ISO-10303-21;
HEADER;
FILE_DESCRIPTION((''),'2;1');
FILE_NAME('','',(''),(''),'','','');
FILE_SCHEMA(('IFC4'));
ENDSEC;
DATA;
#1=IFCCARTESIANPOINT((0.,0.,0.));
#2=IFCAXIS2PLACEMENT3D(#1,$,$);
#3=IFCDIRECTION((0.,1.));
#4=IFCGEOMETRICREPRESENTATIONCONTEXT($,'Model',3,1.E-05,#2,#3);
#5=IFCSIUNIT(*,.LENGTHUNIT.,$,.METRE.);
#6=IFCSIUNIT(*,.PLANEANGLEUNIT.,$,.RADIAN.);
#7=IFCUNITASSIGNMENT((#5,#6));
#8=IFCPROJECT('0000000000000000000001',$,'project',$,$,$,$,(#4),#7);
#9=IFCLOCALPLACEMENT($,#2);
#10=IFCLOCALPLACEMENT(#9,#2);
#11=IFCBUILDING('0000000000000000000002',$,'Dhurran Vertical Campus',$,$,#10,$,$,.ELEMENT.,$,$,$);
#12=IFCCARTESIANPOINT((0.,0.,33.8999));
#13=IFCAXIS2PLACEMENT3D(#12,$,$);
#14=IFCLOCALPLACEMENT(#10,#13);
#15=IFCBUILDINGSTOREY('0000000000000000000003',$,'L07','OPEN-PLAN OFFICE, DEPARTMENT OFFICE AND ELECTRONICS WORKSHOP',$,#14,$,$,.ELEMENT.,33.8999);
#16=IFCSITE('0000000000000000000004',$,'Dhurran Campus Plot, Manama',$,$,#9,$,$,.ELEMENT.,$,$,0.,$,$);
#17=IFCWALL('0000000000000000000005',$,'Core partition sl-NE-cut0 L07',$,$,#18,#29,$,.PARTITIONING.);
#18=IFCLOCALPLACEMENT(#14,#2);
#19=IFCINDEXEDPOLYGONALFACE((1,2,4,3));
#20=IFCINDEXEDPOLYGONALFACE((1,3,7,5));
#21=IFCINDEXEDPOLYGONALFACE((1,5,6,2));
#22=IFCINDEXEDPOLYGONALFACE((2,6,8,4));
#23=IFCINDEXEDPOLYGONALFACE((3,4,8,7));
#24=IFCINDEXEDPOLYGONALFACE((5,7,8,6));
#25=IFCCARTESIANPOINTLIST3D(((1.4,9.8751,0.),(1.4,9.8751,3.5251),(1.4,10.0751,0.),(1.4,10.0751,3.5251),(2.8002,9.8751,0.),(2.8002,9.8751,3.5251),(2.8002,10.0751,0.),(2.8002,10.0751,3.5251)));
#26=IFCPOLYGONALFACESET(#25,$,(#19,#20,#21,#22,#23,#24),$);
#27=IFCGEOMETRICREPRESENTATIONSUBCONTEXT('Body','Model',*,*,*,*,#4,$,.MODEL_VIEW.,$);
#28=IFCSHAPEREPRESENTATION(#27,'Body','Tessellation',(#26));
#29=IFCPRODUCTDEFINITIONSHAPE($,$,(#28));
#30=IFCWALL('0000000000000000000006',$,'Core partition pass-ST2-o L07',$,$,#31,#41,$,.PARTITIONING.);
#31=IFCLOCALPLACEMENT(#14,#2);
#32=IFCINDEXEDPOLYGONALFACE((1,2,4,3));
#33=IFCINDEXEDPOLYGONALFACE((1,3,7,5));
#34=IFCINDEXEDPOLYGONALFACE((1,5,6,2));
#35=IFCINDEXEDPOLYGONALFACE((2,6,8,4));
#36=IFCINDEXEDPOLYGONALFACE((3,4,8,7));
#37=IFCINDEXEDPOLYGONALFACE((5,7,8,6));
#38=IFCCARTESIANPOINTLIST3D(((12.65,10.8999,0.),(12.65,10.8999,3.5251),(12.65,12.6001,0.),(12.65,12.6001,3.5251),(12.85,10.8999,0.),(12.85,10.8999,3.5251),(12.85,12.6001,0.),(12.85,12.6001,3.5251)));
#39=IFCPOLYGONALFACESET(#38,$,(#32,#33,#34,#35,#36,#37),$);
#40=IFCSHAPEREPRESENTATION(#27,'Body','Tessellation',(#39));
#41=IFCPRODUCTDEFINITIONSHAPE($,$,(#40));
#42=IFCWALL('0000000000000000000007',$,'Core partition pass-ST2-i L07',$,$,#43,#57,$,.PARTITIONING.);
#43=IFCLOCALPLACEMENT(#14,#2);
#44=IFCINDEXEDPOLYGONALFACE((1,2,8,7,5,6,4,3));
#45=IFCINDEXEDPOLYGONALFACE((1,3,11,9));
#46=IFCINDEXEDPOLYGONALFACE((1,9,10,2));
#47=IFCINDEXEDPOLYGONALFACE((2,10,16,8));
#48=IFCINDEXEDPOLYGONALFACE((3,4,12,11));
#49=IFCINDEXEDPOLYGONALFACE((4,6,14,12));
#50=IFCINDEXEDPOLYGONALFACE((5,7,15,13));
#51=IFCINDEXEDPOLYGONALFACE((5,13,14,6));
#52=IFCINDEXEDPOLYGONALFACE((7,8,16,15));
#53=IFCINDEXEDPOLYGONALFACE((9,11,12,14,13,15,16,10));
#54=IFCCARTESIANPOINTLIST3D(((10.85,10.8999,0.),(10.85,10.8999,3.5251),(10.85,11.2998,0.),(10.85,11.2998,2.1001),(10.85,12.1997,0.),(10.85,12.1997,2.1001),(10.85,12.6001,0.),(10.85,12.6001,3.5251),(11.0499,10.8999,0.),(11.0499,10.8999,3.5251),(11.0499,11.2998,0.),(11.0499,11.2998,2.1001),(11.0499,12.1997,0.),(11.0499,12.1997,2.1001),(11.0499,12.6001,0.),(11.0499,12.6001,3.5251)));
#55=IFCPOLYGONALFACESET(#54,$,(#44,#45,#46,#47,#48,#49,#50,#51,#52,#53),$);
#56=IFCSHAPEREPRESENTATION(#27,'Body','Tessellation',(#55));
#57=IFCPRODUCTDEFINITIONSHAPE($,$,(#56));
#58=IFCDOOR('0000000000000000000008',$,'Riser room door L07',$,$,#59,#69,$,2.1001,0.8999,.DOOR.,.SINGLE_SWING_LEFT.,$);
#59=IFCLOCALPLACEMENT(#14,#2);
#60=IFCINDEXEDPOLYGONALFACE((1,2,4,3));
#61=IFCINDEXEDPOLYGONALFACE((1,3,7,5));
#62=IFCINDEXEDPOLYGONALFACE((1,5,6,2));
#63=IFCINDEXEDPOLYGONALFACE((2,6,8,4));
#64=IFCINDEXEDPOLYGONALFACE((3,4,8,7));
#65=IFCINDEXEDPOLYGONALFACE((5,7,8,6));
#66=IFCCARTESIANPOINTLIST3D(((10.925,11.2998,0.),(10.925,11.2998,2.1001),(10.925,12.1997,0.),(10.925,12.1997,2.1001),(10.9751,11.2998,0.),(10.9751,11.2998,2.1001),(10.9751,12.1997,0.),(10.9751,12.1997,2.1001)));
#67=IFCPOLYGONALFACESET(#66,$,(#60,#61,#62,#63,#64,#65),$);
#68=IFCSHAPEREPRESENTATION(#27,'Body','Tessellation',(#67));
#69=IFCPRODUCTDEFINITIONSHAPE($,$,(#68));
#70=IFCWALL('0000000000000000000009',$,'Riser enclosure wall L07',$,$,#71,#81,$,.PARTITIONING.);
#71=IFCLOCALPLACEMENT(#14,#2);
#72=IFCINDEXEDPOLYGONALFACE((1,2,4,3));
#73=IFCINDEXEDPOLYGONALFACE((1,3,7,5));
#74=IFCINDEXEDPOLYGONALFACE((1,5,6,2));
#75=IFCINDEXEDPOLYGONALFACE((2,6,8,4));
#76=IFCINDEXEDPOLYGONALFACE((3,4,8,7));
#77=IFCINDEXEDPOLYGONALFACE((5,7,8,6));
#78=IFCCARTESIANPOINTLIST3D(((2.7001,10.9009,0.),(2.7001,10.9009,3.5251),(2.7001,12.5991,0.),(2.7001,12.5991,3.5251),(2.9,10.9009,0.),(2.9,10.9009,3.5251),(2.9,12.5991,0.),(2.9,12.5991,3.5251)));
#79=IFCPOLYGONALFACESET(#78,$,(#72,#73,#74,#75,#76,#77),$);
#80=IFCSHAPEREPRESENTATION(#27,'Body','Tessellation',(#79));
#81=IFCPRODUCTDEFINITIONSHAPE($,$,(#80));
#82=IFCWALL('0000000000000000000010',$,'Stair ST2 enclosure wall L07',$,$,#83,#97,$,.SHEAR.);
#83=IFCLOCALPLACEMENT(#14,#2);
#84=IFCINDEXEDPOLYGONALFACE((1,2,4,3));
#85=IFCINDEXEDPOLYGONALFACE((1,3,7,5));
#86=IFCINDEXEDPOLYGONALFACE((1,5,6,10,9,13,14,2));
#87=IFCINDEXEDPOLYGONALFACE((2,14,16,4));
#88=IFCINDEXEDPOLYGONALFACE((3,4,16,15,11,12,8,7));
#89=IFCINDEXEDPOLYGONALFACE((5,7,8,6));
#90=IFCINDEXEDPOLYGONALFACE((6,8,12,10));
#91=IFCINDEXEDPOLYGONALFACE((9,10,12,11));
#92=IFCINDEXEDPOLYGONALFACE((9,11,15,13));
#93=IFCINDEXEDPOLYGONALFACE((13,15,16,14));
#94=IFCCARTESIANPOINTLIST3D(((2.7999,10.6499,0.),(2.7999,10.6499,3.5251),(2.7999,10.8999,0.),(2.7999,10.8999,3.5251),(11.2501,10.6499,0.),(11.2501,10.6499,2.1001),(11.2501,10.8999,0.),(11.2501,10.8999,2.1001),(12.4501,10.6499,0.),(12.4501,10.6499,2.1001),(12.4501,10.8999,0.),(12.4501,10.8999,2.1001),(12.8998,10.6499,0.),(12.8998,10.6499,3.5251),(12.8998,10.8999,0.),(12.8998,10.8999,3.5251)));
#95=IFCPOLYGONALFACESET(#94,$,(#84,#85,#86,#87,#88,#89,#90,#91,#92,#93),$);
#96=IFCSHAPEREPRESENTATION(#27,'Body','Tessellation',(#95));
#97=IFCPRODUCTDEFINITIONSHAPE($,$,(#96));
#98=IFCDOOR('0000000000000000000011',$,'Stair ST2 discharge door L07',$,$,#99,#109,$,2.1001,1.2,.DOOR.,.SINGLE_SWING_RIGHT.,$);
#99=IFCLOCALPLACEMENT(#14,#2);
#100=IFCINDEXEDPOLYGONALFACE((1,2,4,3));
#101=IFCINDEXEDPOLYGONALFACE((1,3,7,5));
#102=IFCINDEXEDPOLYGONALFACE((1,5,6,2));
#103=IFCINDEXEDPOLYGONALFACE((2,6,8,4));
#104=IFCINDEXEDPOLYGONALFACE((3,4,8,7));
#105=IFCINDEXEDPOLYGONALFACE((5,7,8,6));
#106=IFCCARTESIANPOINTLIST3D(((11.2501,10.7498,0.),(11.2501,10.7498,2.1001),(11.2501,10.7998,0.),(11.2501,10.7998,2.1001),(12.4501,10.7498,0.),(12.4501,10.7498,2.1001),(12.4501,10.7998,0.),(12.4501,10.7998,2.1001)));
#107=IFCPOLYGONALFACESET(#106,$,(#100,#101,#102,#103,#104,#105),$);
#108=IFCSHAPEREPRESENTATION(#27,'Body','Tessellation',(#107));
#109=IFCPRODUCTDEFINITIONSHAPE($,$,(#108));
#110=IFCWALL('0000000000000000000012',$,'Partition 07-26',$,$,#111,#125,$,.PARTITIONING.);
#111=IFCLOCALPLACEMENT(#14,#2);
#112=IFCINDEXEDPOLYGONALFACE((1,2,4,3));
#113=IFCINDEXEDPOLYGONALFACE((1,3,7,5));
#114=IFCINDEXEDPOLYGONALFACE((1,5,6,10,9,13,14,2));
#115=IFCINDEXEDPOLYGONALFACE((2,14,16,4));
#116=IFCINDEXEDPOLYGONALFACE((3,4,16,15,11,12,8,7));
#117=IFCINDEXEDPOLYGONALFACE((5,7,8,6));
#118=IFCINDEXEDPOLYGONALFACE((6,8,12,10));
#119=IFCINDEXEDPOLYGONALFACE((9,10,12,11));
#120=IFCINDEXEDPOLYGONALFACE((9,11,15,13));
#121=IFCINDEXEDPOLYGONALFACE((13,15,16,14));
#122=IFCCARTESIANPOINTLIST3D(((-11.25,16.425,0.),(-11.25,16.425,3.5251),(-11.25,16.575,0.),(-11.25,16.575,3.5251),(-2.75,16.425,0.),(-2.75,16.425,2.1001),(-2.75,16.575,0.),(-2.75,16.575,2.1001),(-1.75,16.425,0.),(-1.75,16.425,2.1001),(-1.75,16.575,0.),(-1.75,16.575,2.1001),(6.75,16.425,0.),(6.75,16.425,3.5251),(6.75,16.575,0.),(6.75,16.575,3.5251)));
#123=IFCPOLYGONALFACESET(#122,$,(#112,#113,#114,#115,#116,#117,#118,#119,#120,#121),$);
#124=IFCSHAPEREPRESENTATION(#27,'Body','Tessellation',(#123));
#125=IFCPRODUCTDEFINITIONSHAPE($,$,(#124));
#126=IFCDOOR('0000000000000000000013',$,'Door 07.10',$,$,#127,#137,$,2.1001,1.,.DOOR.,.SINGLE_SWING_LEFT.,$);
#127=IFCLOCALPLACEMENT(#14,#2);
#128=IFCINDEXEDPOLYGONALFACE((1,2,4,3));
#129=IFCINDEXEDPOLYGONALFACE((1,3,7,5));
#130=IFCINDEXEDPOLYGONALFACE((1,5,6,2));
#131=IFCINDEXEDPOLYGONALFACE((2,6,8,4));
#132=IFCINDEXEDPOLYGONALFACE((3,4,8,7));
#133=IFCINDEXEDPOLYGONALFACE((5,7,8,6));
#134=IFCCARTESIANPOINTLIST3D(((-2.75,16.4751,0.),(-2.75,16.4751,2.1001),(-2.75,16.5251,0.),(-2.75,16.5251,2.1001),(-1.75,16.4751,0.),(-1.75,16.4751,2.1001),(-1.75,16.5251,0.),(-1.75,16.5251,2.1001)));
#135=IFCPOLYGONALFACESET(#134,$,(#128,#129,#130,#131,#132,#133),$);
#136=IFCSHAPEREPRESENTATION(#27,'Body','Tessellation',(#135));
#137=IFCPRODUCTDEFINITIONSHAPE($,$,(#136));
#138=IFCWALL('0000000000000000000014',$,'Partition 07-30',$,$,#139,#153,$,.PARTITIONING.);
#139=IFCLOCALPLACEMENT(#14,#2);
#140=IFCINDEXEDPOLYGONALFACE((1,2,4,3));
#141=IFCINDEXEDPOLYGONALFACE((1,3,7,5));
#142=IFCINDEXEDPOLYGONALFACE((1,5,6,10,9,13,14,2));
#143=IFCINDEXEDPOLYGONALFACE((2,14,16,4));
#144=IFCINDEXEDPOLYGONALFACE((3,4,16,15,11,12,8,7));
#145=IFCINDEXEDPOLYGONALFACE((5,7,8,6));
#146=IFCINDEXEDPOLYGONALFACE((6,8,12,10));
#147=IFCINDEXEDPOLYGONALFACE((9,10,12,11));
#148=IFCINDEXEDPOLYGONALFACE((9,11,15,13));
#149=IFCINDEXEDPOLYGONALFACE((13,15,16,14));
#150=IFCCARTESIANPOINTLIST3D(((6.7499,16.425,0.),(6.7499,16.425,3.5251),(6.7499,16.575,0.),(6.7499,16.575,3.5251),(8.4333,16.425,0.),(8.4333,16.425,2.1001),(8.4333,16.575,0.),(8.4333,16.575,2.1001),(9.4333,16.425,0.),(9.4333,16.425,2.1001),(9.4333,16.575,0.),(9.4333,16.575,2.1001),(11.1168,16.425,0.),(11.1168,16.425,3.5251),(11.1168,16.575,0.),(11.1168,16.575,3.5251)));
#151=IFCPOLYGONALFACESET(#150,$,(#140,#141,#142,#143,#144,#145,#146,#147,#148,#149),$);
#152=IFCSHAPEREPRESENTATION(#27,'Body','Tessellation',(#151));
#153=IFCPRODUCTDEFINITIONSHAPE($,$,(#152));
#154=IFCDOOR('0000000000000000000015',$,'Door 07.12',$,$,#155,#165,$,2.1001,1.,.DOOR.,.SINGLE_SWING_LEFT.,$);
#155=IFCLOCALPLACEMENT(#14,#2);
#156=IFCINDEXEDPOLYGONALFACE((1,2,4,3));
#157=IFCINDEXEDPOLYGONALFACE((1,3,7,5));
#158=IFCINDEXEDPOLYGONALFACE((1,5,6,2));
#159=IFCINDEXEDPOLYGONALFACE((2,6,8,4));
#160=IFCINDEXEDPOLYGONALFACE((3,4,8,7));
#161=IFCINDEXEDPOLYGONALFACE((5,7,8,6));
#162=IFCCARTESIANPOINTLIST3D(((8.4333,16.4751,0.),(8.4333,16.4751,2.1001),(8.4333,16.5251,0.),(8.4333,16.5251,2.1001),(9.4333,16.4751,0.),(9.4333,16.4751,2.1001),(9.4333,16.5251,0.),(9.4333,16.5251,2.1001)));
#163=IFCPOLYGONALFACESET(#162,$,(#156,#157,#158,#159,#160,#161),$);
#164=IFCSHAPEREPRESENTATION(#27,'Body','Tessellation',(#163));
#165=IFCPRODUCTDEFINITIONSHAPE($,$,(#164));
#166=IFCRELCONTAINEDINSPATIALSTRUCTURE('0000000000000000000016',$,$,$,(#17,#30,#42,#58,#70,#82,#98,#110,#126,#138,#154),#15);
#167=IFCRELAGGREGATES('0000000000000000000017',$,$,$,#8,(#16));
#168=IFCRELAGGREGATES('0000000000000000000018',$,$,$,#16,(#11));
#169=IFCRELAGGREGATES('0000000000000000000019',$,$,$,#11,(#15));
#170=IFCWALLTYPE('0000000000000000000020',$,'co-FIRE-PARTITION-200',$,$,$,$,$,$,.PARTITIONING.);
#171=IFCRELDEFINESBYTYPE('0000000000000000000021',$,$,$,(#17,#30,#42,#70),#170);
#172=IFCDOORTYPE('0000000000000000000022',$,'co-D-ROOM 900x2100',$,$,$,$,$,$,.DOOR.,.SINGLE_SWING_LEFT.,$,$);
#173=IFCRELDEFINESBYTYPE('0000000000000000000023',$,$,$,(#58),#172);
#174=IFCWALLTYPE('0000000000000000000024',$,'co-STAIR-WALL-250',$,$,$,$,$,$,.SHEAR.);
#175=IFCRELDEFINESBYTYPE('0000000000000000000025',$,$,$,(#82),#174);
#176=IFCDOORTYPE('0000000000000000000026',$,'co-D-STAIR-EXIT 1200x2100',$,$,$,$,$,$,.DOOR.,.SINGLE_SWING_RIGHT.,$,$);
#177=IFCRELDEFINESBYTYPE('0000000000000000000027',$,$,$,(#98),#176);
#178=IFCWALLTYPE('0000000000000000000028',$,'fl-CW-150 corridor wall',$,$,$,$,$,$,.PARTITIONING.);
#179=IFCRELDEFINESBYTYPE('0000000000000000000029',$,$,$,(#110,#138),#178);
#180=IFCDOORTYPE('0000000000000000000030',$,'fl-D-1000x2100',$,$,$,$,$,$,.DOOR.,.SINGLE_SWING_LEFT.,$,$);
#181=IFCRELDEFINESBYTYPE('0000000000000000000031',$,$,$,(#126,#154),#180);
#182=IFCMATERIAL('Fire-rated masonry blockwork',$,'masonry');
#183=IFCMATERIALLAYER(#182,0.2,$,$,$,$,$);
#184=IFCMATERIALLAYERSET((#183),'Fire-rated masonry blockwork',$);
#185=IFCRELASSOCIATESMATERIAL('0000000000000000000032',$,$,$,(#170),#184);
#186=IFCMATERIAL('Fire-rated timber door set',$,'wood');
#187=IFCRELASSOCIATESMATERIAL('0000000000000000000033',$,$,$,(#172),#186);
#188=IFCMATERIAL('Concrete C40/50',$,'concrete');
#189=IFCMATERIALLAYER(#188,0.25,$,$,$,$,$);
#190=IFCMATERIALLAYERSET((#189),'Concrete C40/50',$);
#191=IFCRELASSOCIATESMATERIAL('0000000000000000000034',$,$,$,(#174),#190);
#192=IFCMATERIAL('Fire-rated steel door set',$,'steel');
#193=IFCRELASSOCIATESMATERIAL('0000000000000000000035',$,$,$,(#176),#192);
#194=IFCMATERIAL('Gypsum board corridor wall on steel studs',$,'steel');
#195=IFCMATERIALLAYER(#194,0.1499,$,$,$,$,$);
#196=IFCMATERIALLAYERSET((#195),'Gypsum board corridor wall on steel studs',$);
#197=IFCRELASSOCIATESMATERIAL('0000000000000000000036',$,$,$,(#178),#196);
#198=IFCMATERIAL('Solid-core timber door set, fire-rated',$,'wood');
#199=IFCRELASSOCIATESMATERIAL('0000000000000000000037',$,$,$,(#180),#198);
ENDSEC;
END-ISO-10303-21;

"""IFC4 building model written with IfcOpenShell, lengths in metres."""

from ifc_helpers import new_model, si_unit, direction, frame, frame_2d, origin, place, context, subcontext, project, spatial, rectangle, extrude, material, layer, layer_set, type_object, element, fill, save


model = new_model("IFC4")

# Units and contexts
model_context = context("Model", 3, precision=1e-05, world=origin(), true_north=direction((0.0, 1.0)))
body_context = subcontext(model_context, "Body", "Model", "MODEL_VIEW")
ifc_project = project(units=[si_unit("LENGTHUNIT", "METRE"), si_unit("PLANEANGLEUNIT", "RADIAN")], contexts=[model_context])

# Site, building, storey
site_placement = place(None, origin())
site = spatial("IfcSite", under=ifc_project, at=site_placement, Name="Dhurran Campus Plot, Manama", CompositionType="ELEMENT", RefElevation=0.0)
building_placement = place(site_placement, origin())
building = spatial("IfcBuilding", under=site, at=building_placement, Name="Dhurran Vertical Campus", CompositionType="ELEMENT")
storey_placement = place(building_placement, frame((0.0, 0.0, 33.8999)))
storey = spatial("IfcBuildingStorey", under=building, at=storey_placement, Name="L07", Description="OPEN-PLAN OFFICE, DEPARTMENT OFFICE AND ELECTRONICS WORKSHOP", CompositionType="ELEMENT", Elevation=33.8999)

# Walls
ifc_material_1 = material(Name="Fire-rated masonry blockwork", Category="masonry")
ifc_layer_1 = layer(ifc_material_1, 0.2)
ifc_layer_set_1 = layer_set([ifc_layer_1], Name="Fire-rated masonry blockwork")
wall_type_1 = type_object("IfcWallType", Name="co-FIRE-PARTITION-200", PredefinedType="PARTITIONING", material=ifc_layer_set_1)
wall_1_placement = place(storey_placement, frame((1.3999, 9.9751, 0.0), z_axis=(0.0, 0.0, 1.0), x_axis=(1.0, 0.0, 0.0)))
element("IfcWall", 1, at=wall_1_placement, inside=storey, type_object=wall_type_1, Name="Core partition sl-NE-cut0 L07", PredefinedType="PARTITIONING", context=body_context, shape_type="SweptSolid", body=[
    extrude(rectangle(XDim=1.4001, YDim=0.2, at=frame_2d((0.7002, 0.0))), origin(), (0.0, 0.0, 1.0), 3.5251),
])
wall_2_placement = place(storey_placement, frame((12.75, 10.8999, 0.0), z_axis=(0.0, 0.0, 1.0), x_axis=(0.0, 1.0, 0.0)))
element("IfcWall", 2, at=wall_2_placement, inside=storey, type_object=wall_type_1, Name="Core partition pass-ST2-o L07", PredefinedType="PARTITIONING", context=body_context, shape_type="SweptSolid", body=[
    extrude(rectangle(XDim=1.7002, YDim=0.2, at=frame_2d((0.8501, 0.0))), origin(), (0.0, 0.0, 1.0), 3.5251),
])

# Wall, opening, door
wall_3_placement = place(storey_placement, frame((10.95, 10.8999, 0.0), z_axis=(0.0, 0.0, 1.0), x_axis=(0.0, 1.0, 0.0)))
wall_3 = element("IfcWall", 3, at=wall_3_placement, inside=storey, type_object=wall_type_1, Name="Core partition pass-ST2-i L07", PredefinedType="PARTITIONING", context=body_context, shape_type="SweptSolid", body=[
    extrude(rectangle(XDim=1.7002, YDim=0.2, at=frame_2d((0.8501, 0.0))), origin(), (0.0, 0.0, 1.0), 3.5251),
])
opening_1_placement = place(wall_3_placement, frame((0.3999, 0.0, 0.0)))
opening_1 = element("IfcOpeningElement", 4, at=opening_1_placement, cuts=wall_3, PredefinedType="OPENING", context=body_context, shape_type="SweptSolid", body=[
    extrude(rectangle(XDim=0.8999, YDim=2.1001, at=frame_2d((0.45, 1.05))), frame((0.0, 0.1099, 0.0), z_axis=(0.0, -1.0, 0.0), x_axis=(1.0, 0.0, 0.0)), (0.0, 0.0, 1.0), 0.22),
])
ifc_material_2 = material(Name="Fire-rated timber door set", Category="wood")
door_type_1 = type_object("IfcDoorType", Name="co-D-ROOM 900x2100", OperationType="SINGLE_SWING_LEFT", PredefinedType="DOOR", material=ifc_material_2)
door_1_placement = place(opening_1_placement, origin())
door_1 = element("IfcDoor", 5, at=door_1_placement, inside=storey, type_object=door_type_1, Name="Riser room door L07", OperationType="SINGLE_SWING_LEFT", OverallHeight=2.1001, OverallWidth=0.8999, PredefinedType="DOOR", context=body_context, shape_type="SweptSolid", body=[
    extrude(rectangle(XDim=0.8999, YDim=2.1001, at=frame_2d((0.45, 1.05))), frame((0.0, 0.0249, 0.0), z_axis=(0.0, -1.0, 0.0), x_axis=(1.0, 0.0, 0.0)), (0.0, 0.0, 1.0), 0.05),
])
fill(opening_1, door_1)

# Wall
wall_4_placement = place(storey_placement, frame((2.8, 10.9009, 0.0), z_axis=(0.0, 0.0, 1.0), x_axis=(0.0, 1.0, 0.0)))
element("IfcWall", 6, at=wall_4_placement, inside=storey, type_object=wall_type_1, Name="Riser enclosure wall L07", PredefinedType="PARTITIONING", context=body_context, shape_type="SweptSolid", body=[
    extrude(rectangle(XDim=1.6982, YDim=0.2, at=frame_2d((0.8491, 0.0))), origin(), (0.0, 0.0, 1.0), 3.5251),
])

# Walls, openings, doors
ifc_material_3 = material(Name="Concrete C40/50", Category="concrete")
ifc_layer_2 = layer(ifc_material_3, 0.25)
ifc_layer_set_2 = layer_set([ifc_layer_2], Name="Concrete C40/50")
wall_type_2 = type_object("IfcWallType", Name="co-STAIR-WALL-250", PredefinedType="SHEAR", material=ifc_layer_set_2)
wall_5_placement = place(storey_placement, frame((2.8, 10.7749, 0.0), z_axis=(0.0, 0.0, 1.0), x_axis=(1.0, 0.0, 0.0)))
wall_5 = element("IfcWall", 7, at=wall_5_placement, inside=storey, type_object=wall_type_2, Name="Stair ST2 enclosure wall L07", PredefinedType="SHEAR", context=body_context, shape_type="SweptSolid", body=[
    extrude(rectangle(XDim=10.0999, YDim=0.25, at=frame_2d((5.0498, 0.0))), origin(), (0.0, 0.0, 1.0), 3.5251),
])
opening_2_placement = place(wall_5_placement, frame((8.45, 0.0, 0.0)))
opening_2 = element("IfcOpeningElement", 8, at=opening_2_placement, cuts=wall_5, PredefinedType="OPENING", context=body_context, shape_type="SweptSolid", body=[
    extrude(rectangle(XDim=1.2, YDim=2.1001, at=frame_2d((0.6001, 1.05))), frame((0.0, 0.135, 0.0), z_axis=(0.0, -1.0, 0.0), x_axis=(1.0, 0.0, 0.0)), (0.0, 0.0, 1.0), 0.27),
])
ifc_material_4 = material(Name="Fire-rated steel door set", Category="steel")
door_type_2 = type_object("IfcDoorType", Name="co-D-STAIR-EXIT 1200x2100", OperationType="SINGLE_SWING_RIGHT", PredefinedType="DOOR", material=ifc_material_4)
door_2_placement = place(opening_2_placement, origin())
door_2 = element("IfcDoor", 9, at=door_2_placement, inside=storey, type_object=door_type_2, Name="Stair ST2 discharge door L07", OperationType="SINGLE_SWING_RIGHT", OverallHeight=2.1001, OverallWidth=1.2, PredefinedType="DOOR", context=body_context, shape_type="SweptSolid", body=[
    extrude(rectangle(XDim=1.2, YDim=2.1001, at=frame_2d((0.6001, 1.05))), frame((0.0, 0.0249, 0.0), z_axis=(0.0, -1.0, 0.0), x_axis=(1.0, 0.0, 0.0)), (0.0, 0.0, 1.0), 0.05),
])
fill(opening_2, door_2)
ifc_material_5 = material(Name="Gypsum board corridor wall on steel studs", Category="steel")
ifc_layer_3 = layer(ifc_material_5, 0.1499)
ifc_layer_set_3 = layer_set([ifc_layer_3], Name="Gypsum board corridor wall on steel studs")
wall_type_3 = type_object("IfcWallType", Name="fl-CW-150 corridor wall", PredefinedType="PARTITIONING", material=ifc_layer_set_3)
wall_6_placement = place(storey_placement, frame((6.75, 16.5, 0.0), z_axis=(0.0, 0.0, 1.0), x_axis=(-1.0, 0.0, 0.0)))
wall_6 = element("IfcWall", 10, at=wall_6_placement, inside=storey, type_object=wall_type_3, Name="Partition 07-26", PredefinedType="PARTITIONING", context=body_context, shape_type="SweptSolid", body=[
    extrude(rectangle(XDim=18.0, YDim=0.1499, at=frame_2d((9.0, 0.0))), origin(), (0.0, 0.0, 1.0), 3.5251),
])
opening_3_placement = place(wall_6_placement, frame((8.5, 0.0, 0.0)))
opening_3 = element("IfcOpeningElement", 11, at=opening_3_placement, cuts=wall_6, PredefinedType="OPENING", context=body_context, shape_type="SweptSolid", body=[
    extrude(rectangle(XDim=1.0, YDim=2.1001, at=frame_2d((0.5, 1.05))), frame((0.0, 0.085, 0.0), z_axis=(0.0, -1.0, 0.0), x_axis=(1.0, 0.0, 0.0)), (0.0, 0.0, 1.0), 0.1699),
])
ifc_material_6 = material(Name="Solid-core timber door set, fire-rated", Category="wood")
door_type_3 = type_object("IfcDoorType", Name="fl-D-1000x2100", OperationType="SINGLE_SWING_LEFT", PredefinedType="DOOR", material=ifc_material_6)
door_3_placement = place(opening_3_placement, origin())
door_3 = element("IfcDoor", 12, at=door_3_placement, inside=storey, type_object=door_type_3, Name="Door 07.10", OperationType="SINGLE_SWING_LEFT", OverallHeight=2.1001, OverallWidth=1.0, PredefinedType="DOOR", context=body_context, shape_type="SweptSolid", body=[
    extrude(rectangle(XDim=1.0, YDim=2.1001, at=frame_2d((0.5, 1.05))), frame((0.0, 0.0249, 0.0), z_axis=(0.0, -1.0, 0.0), x_axis=(1.0, 0.0, 0.0)), (0.0, 0.0, 1.0), 0.05),
])
fill(opening_3, door_3)
wall_7_placement = place(storey_placement, frame((11.1169, 16.5, 0.0), z_axis=(0.0, 0.0, 1.0), x_axis=(-1.0, 0.0, 0.0)))
wall_7 = element("IfcWall", 13, at=wall_7_placement, inside=storey, type_object=wall_type_3, Name="Partition 07-30", PredefinedType="PARTITIONING", context=body_context, shape_type="SweptSolid", body=[
    extrude(rectangle(XDim=4.3669, YDim=0.1499, at=frame_2d((2.1836, 0.0))), origin(), (0.0, 0.0, 1.0), 3.5251),
])
opening_4_placement = place(wall_7_placement, frame((1.6836, 0.0, 0.0)))
opening_4 = element("IfcOpeningElement", 14, at=opening_4_placement, cuts=wall_7, PredefinedType="OPENING", context=body_context, shape_type="SweptSolid", body=[
    extrude(rectangle(XDim=1.0, YDim=2.1001, at=frame_2d((0.5, 1.05))), frame((0.0, 0.085, 0.0), z_axis=(0.0, -1.0, 0.0), x_axis=(1.0, 0.0, 0.0)), (0.0, 0.0, 1.0), 0.1699),
])
door_4_placement = place(opening_4_placement, origin())
door_4 = element("IfcDoor", 15, at=door_4_placement, inside=storey, type_object=door_type_3, Name="Door 07.12", OperationType="SINGLE_SWING_LEFT", OverallHeight=2.1001, OverallWidth=1.0, PredefinedType="DOOR", context=body_context, shape_type="SweptSolid", body=[
    extrude(rectangle(XDim=1.0, YDim=2.1001, at=frame_2d((0.5, 1.05))), frame((0.0, 0.0249, 0.0), z_axis=(0.0, -1.0, 0.0), x_axis=(1.0, 0.0, 0.0)), (0.0, 0.0, 1.0), 0.05),
])
fill(opening_4, door_4)

save(model, "model.ifc")
